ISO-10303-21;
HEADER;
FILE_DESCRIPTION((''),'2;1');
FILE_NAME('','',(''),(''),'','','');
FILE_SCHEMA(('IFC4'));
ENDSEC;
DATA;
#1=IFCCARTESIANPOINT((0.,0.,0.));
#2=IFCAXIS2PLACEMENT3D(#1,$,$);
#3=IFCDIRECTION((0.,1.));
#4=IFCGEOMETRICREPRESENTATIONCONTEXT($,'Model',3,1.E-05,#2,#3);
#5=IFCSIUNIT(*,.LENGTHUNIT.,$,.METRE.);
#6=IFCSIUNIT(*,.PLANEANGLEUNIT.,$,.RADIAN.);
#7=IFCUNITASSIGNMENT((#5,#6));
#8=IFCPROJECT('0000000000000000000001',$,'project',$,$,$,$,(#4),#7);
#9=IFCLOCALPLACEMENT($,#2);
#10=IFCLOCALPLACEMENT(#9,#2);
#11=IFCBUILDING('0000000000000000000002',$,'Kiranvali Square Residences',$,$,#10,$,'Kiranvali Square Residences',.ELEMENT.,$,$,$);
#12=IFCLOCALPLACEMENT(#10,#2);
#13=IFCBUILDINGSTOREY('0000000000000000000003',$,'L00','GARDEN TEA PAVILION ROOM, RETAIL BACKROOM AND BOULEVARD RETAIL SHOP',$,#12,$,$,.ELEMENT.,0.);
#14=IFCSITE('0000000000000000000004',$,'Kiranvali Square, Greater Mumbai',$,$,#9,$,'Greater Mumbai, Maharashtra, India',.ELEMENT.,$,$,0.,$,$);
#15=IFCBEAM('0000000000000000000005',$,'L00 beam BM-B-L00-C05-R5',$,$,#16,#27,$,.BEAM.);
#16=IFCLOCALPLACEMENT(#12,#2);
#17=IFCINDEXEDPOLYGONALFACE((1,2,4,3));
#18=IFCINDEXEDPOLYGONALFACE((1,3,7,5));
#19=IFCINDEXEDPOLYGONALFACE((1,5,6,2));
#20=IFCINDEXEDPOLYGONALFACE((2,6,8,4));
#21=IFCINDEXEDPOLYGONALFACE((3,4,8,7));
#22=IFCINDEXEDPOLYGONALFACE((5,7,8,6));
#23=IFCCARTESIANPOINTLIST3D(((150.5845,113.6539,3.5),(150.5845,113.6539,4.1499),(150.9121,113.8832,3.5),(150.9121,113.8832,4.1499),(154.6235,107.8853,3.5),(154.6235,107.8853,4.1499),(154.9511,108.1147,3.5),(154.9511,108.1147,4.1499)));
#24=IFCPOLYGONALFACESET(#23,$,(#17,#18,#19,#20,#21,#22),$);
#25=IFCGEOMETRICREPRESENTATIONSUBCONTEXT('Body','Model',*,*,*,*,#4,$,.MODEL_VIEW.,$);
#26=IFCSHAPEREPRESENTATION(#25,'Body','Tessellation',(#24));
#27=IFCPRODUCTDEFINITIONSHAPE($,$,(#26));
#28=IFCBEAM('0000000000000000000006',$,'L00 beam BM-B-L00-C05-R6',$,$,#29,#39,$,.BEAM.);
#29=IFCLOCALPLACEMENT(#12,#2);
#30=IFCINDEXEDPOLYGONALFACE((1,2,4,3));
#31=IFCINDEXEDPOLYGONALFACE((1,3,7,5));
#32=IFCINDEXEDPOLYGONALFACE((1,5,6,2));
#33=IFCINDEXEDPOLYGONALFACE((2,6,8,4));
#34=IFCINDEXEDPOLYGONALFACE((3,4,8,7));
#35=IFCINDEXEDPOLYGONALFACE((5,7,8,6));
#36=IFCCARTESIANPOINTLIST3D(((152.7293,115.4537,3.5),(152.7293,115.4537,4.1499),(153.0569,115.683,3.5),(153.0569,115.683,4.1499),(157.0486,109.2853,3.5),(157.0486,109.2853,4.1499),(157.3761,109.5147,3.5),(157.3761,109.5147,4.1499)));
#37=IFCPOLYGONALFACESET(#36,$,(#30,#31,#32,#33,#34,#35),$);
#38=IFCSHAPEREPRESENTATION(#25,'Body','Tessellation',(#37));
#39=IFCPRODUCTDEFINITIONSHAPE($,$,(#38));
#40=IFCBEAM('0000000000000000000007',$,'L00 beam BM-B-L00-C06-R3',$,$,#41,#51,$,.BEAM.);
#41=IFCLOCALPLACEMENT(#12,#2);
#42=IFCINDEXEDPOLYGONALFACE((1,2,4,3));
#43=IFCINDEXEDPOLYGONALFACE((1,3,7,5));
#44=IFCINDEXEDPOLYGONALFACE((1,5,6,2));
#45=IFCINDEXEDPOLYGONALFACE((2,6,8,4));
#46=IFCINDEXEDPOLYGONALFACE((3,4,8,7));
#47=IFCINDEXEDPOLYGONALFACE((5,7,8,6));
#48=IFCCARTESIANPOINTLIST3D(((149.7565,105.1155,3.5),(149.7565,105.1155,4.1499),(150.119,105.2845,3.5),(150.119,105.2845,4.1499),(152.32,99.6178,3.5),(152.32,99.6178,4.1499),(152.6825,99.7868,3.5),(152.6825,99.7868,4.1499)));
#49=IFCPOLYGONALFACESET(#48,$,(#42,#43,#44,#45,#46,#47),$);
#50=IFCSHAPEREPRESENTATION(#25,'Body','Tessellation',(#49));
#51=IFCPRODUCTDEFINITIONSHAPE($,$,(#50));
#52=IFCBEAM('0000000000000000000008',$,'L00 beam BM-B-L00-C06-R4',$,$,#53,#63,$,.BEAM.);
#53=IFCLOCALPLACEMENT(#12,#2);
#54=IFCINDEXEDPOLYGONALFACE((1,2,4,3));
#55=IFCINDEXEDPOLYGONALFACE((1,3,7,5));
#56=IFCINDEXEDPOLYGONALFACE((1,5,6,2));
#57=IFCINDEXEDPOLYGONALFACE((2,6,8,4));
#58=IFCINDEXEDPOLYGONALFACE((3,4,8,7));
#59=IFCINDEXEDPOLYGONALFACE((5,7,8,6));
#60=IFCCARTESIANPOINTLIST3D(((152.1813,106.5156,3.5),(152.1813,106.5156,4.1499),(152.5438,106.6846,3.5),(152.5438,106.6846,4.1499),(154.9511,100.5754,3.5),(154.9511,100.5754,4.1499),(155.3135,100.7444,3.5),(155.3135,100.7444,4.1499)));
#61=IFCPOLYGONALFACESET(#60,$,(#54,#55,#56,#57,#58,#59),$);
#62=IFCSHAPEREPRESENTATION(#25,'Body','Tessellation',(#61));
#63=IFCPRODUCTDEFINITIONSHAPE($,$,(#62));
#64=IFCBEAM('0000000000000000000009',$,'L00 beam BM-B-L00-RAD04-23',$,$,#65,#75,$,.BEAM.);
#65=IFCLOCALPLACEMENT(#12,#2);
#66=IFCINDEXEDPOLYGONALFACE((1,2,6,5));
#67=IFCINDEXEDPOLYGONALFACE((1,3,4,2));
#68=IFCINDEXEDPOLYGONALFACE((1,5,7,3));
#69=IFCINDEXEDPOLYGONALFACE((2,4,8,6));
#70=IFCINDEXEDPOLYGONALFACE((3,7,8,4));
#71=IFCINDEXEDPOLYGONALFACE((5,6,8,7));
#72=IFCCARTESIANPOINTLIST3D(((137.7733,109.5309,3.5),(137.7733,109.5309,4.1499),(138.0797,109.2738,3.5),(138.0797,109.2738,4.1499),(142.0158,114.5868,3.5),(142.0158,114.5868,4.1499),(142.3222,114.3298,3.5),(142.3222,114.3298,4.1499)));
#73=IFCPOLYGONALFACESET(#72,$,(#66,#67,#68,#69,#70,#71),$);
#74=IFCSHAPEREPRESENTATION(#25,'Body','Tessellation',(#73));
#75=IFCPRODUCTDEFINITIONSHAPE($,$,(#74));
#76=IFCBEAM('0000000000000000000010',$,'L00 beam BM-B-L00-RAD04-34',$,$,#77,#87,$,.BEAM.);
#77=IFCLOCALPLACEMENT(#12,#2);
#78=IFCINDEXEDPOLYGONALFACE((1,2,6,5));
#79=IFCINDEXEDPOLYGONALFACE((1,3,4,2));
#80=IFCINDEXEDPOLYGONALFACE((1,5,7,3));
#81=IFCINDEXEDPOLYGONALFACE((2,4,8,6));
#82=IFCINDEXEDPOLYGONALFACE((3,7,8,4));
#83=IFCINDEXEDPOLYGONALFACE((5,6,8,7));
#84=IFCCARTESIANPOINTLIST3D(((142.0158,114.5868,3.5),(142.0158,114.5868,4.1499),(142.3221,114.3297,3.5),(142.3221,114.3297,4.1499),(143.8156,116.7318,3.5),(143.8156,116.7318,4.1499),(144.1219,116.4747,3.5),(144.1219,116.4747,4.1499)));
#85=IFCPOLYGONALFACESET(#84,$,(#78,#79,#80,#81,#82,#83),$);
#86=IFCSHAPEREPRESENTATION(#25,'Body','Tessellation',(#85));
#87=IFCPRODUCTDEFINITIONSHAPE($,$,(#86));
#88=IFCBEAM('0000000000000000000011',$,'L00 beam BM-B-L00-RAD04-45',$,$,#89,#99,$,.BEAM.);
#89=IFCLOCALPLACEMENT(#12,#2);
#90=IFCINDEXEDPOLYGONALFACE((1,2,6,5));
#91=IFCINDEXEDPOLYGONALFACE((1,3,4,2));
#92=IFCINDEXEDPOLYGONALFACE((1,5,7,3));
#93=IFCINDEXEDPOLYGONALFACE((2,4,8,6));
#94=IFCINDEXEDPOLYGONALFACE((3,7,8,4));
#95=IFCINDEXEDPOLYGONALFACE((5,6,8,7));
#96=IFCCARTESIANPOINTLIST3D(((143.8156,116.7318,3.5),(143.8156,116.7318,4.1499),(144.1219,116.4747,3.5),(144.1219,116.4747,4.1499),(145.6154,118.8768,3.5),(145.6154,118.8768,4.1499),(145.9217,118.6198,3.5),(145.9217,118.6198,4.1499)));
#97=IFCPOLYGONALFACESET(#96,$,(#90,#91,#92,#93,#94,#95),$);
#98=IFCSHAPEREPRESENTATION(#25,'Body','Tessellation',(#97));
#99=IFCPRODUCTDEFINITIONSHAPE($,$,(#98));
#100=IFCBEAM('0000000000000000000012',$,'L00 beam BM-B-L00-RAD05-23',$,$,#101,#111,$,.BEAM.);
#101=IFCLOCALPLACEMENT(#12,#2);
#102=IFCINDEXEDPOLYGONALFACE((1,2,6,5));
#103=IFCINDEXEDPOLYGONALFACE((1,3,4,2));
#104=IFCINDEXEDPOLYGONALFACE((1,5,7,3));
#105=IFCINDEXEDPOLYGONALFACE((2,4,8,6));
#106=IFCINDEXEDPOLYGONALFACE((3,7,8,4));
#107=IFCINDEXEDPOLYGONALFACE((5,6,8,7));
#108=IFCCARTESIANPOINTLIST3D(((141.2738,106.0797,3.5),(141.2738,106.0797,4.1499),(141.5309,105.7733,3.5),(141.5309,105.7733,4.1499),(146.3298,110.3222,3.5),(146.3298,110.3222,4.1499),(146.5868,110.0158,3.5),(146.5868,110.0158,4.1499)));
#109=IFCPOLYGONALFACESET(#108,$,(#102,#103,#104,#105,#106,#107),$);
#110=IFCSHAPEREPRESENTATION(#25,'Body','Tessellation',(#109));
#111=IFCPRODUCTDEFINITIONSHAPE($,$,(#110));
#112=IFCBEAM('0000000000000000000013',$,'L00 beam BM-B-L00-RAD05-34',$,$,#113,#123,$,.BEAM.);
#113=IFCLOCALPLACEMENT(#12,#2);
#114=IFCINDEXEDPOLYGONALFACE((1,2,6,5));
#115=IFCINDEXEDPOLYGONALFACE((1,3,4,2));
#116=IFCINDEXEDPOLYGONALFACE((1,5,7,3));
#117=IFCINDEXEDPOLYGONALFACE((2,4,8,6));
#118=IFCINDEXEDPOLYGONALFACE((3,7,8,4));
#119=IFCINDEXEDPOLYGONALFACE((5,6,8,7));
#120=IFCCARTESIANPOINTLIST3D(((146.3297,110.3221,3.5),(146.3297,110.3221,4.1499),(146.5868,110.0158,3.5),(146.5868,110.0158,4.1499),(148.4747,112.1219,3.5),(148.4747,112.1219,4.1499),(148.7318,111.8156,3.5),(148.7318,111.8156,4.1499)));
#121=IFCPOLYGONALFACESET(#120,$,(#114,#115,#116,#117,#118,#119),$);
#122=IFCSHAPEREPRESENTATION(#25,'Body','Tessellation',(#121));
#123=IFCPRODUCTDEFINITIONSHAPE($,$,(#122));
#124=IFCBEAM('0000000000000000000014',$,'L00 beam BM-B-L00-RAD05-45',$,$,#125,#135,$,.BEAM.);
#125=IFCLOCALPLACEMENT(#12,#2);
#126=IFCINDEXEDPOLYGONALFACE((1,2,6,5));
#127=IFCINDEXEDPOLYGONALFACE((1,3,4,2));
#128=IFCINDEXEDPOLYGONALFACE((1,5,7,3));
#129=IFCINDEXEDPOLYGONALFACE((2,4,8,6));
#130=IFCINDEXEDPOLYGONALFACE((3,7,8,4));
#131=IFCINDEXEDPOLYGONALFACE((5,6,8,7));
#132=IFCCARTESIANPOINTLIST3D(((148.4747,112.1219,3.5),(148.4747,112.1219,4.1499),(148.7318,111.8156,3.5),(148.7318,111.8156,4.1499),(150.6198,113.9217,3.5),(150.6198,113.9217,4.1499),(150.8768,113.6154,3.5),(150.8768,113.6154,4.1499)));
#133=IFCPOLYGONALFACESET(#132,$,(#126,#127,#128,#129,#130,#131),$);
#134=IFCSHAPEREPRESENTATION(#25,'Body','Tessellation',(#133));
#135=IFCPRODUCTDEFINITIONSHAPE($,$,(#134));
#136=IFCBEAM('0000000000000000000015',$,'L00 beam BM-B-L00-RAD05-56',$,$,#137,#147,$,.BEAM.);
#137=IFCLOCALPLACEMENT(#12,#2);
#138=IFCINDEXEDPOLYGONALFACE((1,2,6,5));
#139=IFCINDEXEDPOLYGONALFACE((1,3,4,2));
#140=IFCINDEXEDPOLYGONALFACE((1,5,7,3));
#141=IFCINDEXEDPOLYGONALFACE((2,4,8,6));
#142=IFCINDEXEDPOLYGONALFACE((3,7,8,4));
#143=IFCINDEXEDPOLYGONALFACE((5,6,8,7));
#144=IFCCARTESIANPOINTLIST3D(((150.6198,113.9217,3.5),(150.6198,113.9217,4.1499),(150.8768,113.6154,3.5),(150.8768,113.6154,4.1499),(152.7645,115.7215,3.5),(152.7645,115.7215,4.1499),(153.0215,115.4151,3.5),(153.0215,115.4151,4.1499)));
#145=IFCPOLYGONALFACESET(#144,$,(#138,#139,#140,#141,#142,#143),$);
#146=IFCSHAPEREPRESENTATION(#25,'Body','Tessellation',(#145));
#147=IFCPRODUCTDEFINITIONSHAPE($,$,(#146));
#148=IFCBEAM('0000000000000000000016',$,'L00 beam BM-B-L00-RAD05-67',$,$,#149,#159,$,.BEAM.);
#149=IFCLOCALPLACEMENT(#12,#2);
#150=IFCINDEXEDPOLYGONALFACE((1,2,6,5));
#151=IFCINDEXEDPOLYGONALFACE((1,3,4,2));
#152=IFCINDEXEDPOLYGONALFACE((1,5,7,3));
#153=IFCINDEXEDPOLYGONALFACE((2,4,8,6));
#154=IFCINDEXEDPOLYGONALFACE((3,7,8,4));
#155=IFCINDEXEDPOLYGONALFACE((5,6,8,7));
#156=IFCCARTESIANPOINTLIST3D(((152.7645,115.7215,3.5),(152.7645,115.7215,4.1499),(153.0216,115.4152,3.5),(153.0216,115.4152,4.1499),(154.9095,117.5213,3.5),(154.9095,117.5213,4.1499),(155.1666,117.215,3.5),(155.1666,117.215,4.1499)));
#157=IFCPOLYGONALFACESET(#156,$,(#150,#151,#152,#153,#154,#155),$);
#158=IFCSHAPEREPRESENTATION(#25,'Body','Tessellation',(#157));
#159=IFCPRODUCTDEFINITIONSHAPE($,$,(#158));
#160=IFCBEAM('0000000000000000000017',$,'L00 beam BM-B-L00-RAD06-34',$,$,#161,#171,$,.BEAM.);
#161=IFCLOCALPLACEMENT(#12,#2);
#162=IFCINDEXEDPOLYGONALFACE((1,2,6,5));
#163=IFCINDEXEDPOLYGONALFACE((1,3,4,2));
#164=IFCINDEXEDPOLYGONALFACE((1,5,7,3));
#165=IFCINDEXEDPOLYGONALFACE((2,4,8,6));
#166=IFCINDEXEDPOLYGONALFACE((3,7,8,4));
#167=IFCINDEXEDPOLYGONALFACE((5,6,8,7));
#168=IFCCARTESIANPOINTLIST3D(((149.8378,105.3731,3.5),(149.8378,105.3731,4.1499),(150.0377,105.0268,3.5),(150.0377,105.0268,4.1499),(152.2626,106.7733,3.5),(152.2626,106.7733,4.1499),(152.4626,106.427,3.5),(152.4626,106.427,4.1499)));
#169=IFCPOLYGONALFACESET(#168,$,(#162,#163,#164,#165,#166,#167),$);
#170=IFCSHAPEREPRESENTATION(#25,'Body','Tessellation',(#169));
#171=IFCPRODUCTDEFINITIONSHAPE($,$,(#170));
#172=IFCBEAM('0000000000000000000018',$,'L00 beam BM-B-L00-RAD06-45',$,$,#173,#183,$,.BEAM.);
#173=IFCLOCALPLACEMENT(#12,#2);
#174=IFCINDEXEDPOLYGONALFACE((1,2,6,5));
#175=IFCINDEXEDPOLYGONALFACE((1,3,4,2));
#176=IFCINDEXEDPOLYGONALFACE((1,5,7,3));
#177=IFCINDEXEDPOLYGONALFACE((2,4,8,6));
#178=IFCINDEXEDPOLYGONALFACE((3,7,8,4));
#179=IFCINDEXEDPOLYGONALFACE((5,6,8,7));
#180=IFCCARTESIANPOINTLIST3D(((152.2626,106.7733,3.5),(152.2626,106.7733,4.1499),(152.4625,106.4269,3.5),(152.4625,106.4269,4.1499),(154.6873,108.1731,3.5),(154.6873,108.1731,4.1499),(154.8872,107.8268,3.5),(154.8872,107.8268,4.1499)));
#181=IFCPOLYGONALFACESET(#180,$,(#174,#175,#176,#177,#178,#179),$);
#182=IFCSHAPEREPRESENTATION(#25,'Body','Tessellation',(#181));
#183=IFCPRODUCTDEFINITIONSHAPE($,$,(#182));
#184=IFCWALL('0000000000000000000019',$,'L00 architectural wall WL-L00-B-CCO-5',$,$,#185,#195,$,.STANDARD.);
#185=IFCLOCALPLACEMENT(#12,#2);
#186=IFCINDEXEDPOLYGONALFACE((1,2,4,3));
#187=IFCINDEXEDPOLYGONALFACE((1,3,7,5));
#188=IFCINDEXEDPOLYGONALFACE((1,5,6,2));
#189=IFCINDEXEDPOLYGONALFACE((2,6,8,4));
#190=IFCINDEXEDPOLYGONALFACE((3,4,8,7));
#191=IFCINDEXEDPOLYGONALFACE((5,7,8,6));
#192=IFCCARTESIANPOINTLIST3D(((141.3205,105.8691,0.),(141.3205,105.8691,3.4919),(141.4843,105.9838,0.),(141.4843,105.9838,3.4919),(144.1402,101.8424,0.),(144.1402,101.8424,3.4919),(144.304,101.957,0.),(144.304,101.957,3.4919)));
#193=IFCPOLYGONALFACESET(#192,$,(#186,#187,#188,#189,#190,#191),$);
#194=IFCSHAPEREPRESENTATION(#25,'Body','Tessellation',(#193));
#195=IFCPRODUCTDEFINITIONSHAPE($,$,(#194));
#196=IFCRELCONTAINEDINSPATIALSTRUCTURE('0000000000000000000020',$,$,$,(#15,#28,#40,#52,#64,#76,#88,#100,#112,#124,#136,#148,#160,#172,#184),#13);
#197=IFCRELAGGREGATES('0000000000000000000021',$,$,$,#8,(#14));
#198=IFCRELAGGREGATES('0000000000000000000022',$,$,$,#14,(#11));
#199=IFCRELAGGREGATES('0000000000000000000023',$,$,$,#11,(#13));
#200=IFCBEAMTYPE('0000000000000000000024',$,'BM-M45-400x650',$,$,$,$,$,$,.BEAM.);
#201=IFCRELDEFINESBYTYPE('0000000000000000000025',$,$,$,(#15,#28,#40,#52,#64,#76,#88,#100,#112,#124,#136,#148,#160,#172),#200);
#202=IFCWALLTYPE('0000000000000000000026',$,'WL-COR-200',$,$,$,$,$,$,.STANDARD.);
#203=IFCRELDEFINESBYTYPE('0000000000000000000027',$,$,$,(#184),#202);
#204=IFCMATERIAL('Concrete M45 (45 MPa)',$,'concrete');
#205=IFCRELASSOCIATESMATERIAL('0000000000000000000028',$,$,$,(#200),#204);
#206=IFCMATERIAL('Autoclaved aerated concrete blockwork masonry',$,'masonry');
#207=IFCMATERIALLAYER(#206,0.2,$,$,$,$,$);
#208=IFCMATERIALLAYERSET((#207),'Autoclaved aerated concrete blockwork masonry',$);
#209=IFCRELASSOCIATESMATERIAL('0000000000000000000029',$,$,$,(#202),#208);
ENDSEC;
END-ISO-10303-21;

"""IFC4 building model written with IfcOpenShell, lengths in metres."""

from ifc_helpers import new_model, si_unit, direction, frame, frame_2d, origin, origin_2d, place, context, subcontext, project, spatial, rectangle, extrude, material, layer, layer_set, material_profile, profile_set, type_object, element, save


model = new_model("IFC4")

# Units and contexts
model_context = context("Model", 3, precision=1e-05, world=origin(), true_north=direction((0.0, 1.0)))
body_context = subcontext(model_context, "Body", "Model", "MODEL_VIEW")
ifc_project = project(units=[si_unit("LENGTHUNIT", "METRE"), si_unit("PLANEANGLEUNIT", "RADIAN")], contexts=[model_context])

# Site, building, storey
site_placement = place(None, origin())
site = spatial("IfcSite", under=ifc_project, at=site_placement, Name="Kiranvali Square, Greater Mumbai", LongName="Greater Mumbai, Maharashtra, India", CompositionType="ELEMENT", RefElevation=0.0)
building_placement = place(site_placement, origin())
building = spatial("IfcBuilding", under=site, at=building_placement, Name="Kiranvali Square Residences", LongName="Kiranvali Square Residences", CompositionType="ELEMENT")
storey_placement = place(building_placement, origin())
storey = spatial("IfcBuildingStorey", under=building, at=storey_placement, Name="L00", Description="GARDEN TEA PAVILION ROOM, RETAIL BACKROOM AND BOULEVARD RETAIL SHOP", CompositionType="ELEMENT", Elevation=0.0)

# Shared definitions
ifc_material_1 = material(Name="Concrete M45 (45 MPa)", Category="concrete")

# Beams
ifc_material_profile_1 = material_profile(ifc_material_1, rectangle(XDim=0.3999, YDim=0.6499, at=origin_2d()), Name="RC 400x650")
ifc_profile_set_1 = profile_set([ifc_material_profile_1], Name="Concrete M45 (45 MPa)")
beam_type = type_object("IfcBeamType", Name="BM-M45-400x650", PredefinedType="BEAM", material=ifc_profile_set_1)
beam_1_placement = place(storey_placement, frame((150.7483, 113.7686, 3.825), z_axis=(0.573565, -0.81916, 0.0), x_axis=(0.81916, 0.573565, 0.0)))
element("IfcBeam", 1, at=beam_1_placement, inside=storey, type_object=beam_type, Name="L00 beam BM-B-L00-C05-R5", PredefinedType="BEAM", context=body_context, shape_type="SweptSolid", body=[
    extrude(rectangle(XDim=0.3999, YDim=0.6499, at=origin_2d()), origin(), (0.0, 0.0, 1.0), 7.042),
])
beam_2_placement = place(storey_placement, frame((152.8931, 115.5684, 3.825), z_axis=(0.573589, -0.819144, 0.0), x_axis=(0.819144, 0.573589, 0.0)))
element("IfcBeam", 2, at=beam_2_placement, inside=storey, type_object=beam_type, Name="L00 beam BM-B-L00-C05-R6", PredefinedType="BEAM", context=body_context, shape_type="SweptSolid", body=[
    extrude(rectangle(XDim=0.3999, YDim=0.6499, at=origin_2d()), origin(), (0.0, 0.0, 1.0), 7.5303),
])
beam_3_placement = place(storey_placement, frame((149.9377, 105.2, 3.825), z_axis=(0.422608, -0.906313, 0.0), x_axis=(0.906313, 0.422608, 0.0)))
element("IfcBeam", 3, at=beam_3_placement, inside=storey, type_object=beam_type, Name="L00 beam BM-B-L00-C06-R3", PredefinedType="BEAM", context=body_context, shape_type="SweptSolid", body=[
    extrude(rectangle(XDim=0.3999, YDim=0.6499, at=origin_2d()), origin(), (0.0, 0.0, 1.0), 6.0659),
])
beam_4_placement = place(storey_placement, frame((152.3625, 106.6001, 3.825), z_axis=(0.422596, -0.906318, 0.0), x_axis=(0.906318, 0.422596, 0.0)))
element("IfcBeam", 4, at=beam_4_placement, inside=storey, type_object=beam_type, Name="L00 beam BM-B-L00-C06-R4", PredefinedType="BEAM", context=body_context, shape_type="SweptSolid", body=[
    extrude(rectangle(XDim=0.3999, YDim=0.6499, at=origin_2d()), origin(), (0.0, 0.0, 1.0), 6.5542),
])
beam_5_placement = place(storey_placement, frame((137.9265, 109.4023, 3.825), z_axis=(0.642789, 0.766043, 0.0), x_axis=(-0.766043, 0.642789, 0.0)))
element("IfcBeam", 5, at=beam_5_placement, inside=storey, type_object=beam_type, Name="L00 beam BM-B-L00-RAD04-23", PredefinedType="BEAM", context=body_context, shape_type="SweptSolid", body=[
    extrude(rectangle(XDim=0.3999, YDim=0.6499, at=origin_2d()), origin(), (0.0, 0.0, 1.0), 6.6001),
])
for number, where, z_axis, x_axis, name in (
    (6, (142.1689, 114.4583, 3.825), (0.642771, 0.766059, 0.0), (-0.766059, 0.642771, 0.0), "L00 beam BM-B-L00-RAD04-34"),
    (7, (143.9688, 116.6033, 3.825), (0.642771, 0.766059, 0.0), (-0.766059, 0.642771, 0.0), "L00 beam BM-B-L00-RAD04-45"),
):
    element("IfcBeam", number, at=place(storey_placement, frame(where, z_axis=z_axis, x_axis=x_axis)), inside=storey, type_object=beam_type, Name=name, PredefinedType="BEAM", context=body_context, shape_type="SweptSolid", body=[
        extrude(rectangle(XDim=0.3999, YDim=0.6499, at=origin_2d()), origin(), (0.0, 0.0, 1.0), 2.8),
    ])
beam_6_placement = place(storey_placement, frame((141.4023, 105.9265, 3.825), z_axis=(0.766043, 0.642789, 0.0), x_axis=(-0.642789, 0.766043, 0.0)))
element("IfcBeam", 8, at=beam_6_placement, inside=storey, type_object=beam_type, Name="L00 beam BM-B-L00-RAD05-23", PredefinedType="BEAM", context=body_context, shape_type="SweptSolid", body=[
    extrude(rectangle(XDim=0.3999, YDim=0.6499, at=origin_2d()), origin(), (0.0, 0.0, 1.0), 6.6001),
])
for number, where, z_axis, x_axis, name in (
    (9, (146.4583, 110.1689, 3.825), (0.766059, 0.642771, 0.0), (-0.642771, 0.766059, 0.0), "L00 beam BM-B-L00-RAD05-34"),
    (10, (148.6033, 111.9688, 3.825), (0.766059, 0.642771, 0.0), (-0.642771, 0.766059, 0.0), "L00 beam BM-B-L00-RAD05-45"),
):
    element("IfcBeam", number, at=place(storey_placement, frame(where, z_axis=z_axis, x_axis=x_axis)), inside=storey, type_object=beam_type, Name=name, PredefinedType="BEAM", context=body_context, shape_type="SweptSolid", body=[
        extrude(rectangle(XDim=0.3999, YDim=0.6499, at=origin_2d()), origin(), (0.0, 0.0, 1.0), 2.8),
    ])
beam_7_placement = place(storey_placement, frame((150.7483, 113.7686, 3.825), z_axis=(0.766023, 0.642814, 0.0), x_axis=(-0.642814, 0.766023, 0.0)))
element("IfcBeam", 11, at=beam_7_placement, inside=storey, type_object=beam_type, Name="L00 beam BM-B-L00-RAD05-56", PredefinedType="BEAM", context=body_context, shape_type="SweptSolid", body=[
    extrude(rectangle(XDim=0.3999, YDim=0.6499, at=origin_2d()), origin(), (0.0, 0.0, 1.0), 2.7998),
])
for number, where, z_axis, x_axis, name in (
    (12, (152.8931, 115.5684, 3.825), (0.766059, 0.642771, 0.0), (-0.642771, 0.766059, 0.0), "L00 beam BM-B-L00-RAD05-67"),
    (13, (149.9377, 105.2, 3.825), (0.865997, 0.50005, 0.0), (-0.50005, 0.865997, 0.0), "L00 beam BM-B-L00-RAD06-34"),
):
    element("IfcBeam", number, at=place(storey_placement, frame(where, z_axis=z_axis, x_axis=x_axis)), inside=storey, type_object=beam_type, Name=name, PredefinedType="BEAM", context=body_context, shape_type="SweptSolid", body=[
        extrude(rectangle(XDim=0.3999, YDim=0.6499, at=origin_2d()), origin(), (0.0, 0.0, 1.0), 2.8),
    ])
beam_8_placement = place(storey_placement, frame((152.3625, 106.6001, 3.825), z_axis=(0.866035, 0.499984, 0.0), x_axis=(-0.499984, 0.866035, 0.0)))
element("IfcBeam", 14, at=beam_8_placement, inside=storey, type_object=beam_type, Name="L00 beam BM-B-L00-RAD06-45", PredefinedType="BEAM", context=body_context, shape_type="SweptSolid", body=[
    extrude(rectangle(XDim=0.3999, YDim=0.6499, at=origin_2d()), origin(), (0.0, 0.0, 1.0), 2.7998),
])

# Shared definitions
ifc_material_2 = material(Name="Autoclaved aerated concrete blockwork masonry", Category="masonry")
ifc_layer_1 = layer(ifc_material_2, 0.2)
ifc_layer_set_1 = layer_set([ifc_layer_1], Name="Autoclaved aerated concrete blockwork masonry")
wall_type_1 = type_object("IfcWallType", Name="WL-COR-200", PredefinedType="STANDARD", material=ifc_layer_set_1)

# Wall
wall_1_placement = place(storey_placement, frame((141.4023, 105.9265, 0.0), z_axis=(0.0, 0.0, 1.0), x_axis=(0.573592, -0.819141, 0.0)))
element("IfcWall", 15, at=wall_1_placement, inside=storey, type_object=wall_type_1, Name="L00 architectural wall WL-L00-B-CCO-5", PredefinedType="STANDARD", context=body_context, shape_type="SweptSolid", body=[
    extrude(rectangle(XDim=4.9158, YDim=0.2, at=frame_2d((2.458, 0.0))), origin(), (0.0, 0.0, 1.0), 3.4919),
])

save(model, "model.ifc")
